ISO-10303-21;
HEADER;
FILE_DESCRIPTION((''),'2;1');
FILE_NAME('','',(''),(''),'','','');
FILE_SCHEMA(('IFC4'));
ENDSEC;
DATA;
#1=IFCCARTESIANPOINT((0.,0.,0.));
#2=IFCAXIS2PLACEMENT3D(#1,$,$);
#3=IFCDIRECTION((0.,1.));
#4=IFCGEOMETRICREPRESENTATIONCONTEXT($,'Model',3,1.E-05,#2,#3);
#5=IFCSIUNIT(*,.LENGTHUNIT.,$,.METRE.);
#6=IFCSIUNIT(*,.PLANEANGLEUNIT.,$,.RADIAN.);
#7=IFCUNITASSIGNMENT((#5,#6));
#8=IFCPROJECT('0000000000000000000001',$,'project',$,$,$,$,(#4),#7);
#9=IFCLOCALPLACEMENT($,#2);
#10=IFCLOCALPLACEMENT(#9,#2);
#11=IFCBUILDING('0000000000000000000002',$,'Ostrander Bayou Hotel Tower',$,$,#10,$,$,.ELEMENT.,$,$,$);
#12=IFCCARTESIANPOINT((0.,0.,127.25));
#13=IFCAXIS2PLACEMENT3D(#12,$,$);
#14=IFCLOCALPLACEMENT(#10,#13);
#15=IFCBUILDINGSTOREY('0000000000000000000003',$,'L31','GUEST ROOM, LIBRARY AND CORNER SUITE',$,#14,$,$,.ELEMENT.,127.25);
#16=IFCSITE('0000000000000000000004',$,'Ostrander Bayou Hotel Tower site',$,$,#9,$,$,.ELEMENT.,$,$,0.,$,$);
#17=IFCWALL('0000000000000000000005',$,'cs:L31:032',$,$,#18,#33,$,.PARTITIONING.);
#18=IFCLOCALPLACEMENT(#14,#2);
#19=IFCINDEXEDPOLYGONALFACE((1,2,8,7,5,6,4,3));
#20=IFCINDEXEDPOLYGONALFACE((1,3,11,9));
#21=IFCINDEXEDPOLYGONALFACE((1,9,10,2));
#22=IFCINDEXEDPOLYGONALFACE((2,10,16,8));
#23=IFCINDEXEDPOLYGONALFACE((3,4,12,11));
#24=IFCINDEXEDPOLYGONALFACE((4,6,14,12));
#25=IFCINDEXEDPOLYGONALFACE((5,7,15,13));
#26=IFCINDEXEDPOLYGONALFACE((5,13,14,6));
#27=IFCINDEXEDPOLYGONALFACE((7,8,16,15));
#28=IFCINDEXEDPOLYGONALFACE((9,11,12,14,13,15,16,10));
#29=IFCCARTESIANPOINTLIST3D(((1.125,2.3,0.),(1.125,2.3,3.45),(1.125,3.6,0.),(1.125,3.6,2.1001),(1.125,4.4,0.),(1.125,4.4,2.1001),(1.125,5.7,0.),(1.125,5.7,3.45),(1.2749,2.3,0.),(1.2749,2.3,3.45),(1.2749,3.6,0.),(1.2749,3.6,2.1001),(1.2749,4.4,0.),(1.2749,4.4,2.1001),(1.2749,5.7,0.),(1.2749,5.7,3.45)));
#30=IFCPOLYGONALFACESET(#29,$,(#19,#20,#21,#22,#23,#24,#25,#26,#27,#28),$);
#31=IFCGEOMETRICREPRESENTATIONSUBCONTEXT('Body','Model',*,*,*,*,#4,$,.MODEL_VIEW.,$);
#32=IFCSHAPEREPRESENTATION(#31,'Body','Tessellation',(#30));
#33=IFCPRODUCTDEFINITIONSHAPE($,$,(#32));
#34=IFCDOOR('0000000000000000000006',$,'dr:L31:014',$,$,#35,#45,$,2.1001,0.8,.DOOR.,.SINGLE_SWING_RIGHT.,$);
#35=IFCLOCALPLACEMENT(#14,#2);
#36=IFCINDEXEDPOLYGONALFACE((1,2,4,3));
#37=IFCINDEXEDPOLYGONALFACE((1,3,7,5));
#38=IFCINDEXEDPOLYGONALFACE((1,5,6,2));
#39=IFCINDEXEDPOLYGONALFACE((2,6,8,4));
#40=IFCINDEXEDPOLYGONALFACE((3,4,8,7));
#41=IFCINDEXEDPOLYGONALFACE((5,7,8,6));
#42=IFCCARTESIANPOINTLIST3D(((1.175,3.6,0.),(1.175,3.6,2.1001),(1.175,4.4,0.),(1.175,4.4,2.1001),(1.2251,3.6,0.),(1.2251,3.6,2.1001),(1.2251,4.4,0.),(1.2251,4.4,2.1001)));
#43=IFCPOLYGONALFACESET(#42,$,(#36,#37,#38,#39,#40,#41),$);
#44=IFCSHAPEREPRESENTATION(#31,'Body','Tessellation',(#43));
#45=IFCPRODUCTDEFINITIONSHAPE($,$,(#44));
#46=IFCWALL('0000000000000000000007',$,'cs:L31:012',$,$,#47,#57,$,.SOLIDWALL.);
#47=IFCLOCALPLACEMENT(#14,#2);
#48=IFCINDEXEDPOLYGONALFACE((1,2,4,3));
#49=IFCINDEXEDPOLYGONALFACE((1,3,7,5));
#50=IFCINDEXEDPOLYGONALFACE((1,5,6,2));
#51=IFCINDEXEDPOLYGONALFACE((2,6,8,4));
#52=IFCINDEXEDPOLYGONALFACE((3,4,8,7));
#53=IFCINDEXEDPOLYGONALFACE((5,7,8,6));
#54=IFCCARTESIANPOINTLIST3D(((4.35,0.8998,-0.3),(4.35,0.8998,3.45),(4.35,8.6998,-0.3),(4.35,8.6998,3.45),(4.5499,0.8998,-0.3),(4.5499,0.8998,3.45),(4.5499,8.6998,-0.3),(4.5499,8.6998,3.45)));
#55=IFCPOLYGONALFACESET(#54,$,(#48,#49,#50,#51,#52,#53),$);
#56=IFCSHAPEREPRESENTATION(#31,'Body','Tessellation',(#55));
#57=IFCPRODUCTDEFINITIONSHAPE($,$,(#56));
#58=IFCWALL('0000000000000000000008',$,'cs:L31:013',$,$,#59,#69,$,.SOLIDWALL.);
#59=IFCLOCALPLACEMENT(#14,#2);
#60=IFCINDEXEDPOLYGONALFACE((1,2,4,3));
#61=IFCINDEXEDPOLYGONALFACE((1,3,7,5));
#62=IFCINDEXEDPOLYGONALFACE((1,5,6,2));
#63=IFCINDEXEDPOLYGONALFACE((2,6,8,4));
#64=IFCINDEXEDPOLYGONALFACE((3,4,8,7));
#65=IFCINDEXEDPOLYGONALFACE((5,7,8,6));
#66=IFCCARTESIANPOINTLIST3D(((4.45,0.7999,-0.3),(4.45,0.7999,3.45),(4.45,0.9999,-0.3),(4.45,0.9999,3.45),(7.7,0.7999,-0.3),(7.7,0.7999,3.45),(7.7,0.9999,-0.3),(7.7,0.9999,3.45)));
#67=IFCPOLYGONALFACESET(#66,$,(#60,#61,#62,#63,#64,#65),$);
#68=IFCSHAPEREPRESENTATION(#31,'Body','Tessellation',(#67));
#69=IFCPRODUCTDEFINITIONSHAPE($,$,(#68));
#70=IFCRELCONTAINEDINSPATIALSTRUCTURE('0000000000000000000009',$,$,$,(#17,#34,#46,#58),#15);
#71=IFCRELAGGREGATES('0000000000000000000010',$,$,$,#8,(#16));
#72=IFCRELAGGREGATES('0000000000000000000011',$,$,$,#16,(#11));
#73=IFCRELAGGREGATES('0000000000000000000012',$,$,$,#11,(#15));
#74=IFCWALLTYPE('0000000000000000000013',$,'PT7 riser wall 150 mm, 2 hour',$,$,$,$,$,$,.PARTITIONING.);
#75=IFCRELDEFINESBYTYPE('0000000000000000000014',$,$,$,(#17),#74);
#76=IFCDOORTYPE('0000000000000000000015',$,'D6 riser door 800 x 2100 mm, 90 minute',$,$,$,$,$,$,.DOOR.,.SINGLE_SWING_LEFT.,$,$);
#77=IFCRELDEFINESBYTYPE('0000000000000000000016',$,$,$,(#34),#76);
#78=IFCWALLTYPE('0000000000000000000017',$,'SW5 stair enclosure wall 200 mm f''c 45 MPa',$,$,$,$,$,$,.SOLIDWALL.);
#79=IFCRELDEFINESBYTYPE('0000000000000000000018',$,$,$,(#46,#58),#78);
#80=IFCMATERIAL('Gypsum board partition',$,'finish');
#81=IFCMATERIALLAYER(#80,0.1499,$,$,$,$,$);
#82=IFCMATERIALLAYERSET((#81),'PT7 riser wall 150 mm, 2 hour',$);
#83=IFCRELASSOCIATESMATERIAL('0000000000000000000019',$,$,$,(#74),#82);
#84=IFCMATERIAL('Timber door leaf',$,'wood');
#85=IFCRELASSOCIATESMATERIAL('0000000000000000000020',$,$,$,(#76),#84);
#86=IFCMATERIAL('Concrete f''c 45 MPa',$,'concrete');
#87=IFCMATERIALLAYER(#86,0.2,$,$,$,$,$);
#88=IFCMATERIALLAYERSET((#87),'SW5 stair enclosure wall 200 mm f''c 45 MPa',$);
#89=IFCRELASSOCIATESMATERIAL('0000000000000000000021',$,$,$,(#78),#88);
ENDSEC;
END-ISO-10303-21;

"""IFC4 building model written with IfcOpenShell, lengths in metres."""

from ifc_helpers import new_model, si_unit, direction, frame, frame_2d, origin, place, context, subcontext, project, spatial, rectangle, extrude, material, layer, layer_set, type_object, element, fill, save


model = new_model("IFC4")

# Units and contexts
model_context = context("Model", 3, precision=1e-05, world=origin(), true_north=direction((0.0, 1.0)))
body_context = subcontext(model_context, "Body", "Model", "MODEL_VIEW")
ifc_project = project(units=[si_unit("LENGTHUNIT", "METRE"), si_unit("PLANEANGLEUNIT", "RADIAN")], contexts=[model_context])

# Site, building, storey
site_placement = place(None, origin())
site = spatial("IfcSite", under=ifc_project, at=site_placement, Name="Ostrander Bayou Hotel Tower site", CompositionType="ELEMENT", RefElevation=0.0)
building_placement = place(site_placement, origin())
building = spatial("IfcBuilding", under=site, at=building_placement, Name="Ostrander Bayou Hotel Tower", CompositionType="ELEMENT")
storey_placement = place(building_placement, frame((0.0, 0.0, 127.25)))
storey = spatial("IfcBuildingStorey", under=building, at=storey_placement, Name="L31", Description="GUEST ROOM, LIBRARY AND CORNER SUITE", CompositionType="ELEMENT", Elevation=127.25)

# Wall, opening, door
ifc_material_1 = material(Name="Gypsum board partition", Category="finish")
ifc_layer_1 = layer(ifc_material_1, 0.1499)
ifc_layer_set_1 = layer_set([ifc_layer_1], Name="PT7 riser wall 150 mm, 2 hour")
wall_type_1 = type_object("IfcWallType", Name="PT7 riser wall 150 mm, 2 hour", PredefinedType="PARTITIONING", material=ifc_layer_set_1)
wall_1_placement = place(storey_placement, frame((1.2, 2.3, 0.0), z_axis=(0.0, 0.0, 1.0), x_axis=(0.0, 1.0, 0.0)))
wall_1 = element("IfcWall", 1, at=wall_1_placement, inside=storey, type_object=wall_type_1, Name="cs:L31:032", PredefinedType="PARTITIONING", context=body_context, shape_type="SweptSolid", body=[
    extrude(rectangle(XDim=3.3999, YDim=0.1499, at=frame_2d((1.7, 0.0))), origin(), (0.0, 0.0, 1.0), 3.45),
])
opening_placement = place(wall_1_placement, frame((1.3, 0.0, 0.0)))
opening = element("IfcOpeningElement", 2, at=opening_placement, cuts=wall_1, PredefinedType="OPENING", context=body_context, shape_type="SweptSolid", body=[
    extrude(rectangle(XDim=0.8, YDim=2.1001, at=frame_2d((0.3999, 1.05))), frame((0.0, 0.075, 0.0), z_axis=(0.0, -1.0, 0.0), x_axis=(1.0, 0.0, 0.0)), (0.0, 0.0, 1.0), 0.1499),
])
ifc_material_2 = material(Name="Timber door leaf", Category="wood")
door_type = type_object("IfcDoorType", Name="D6 riser door 800 x 2100 mm, 90 minute", OperationType="SINGLE_SWING_LEFT", PredefinedType="DOOR", material=ifc_material_2)
door_placement = place(opening_placement, origin())
door = element("IfcDoor", 3, at=door_placement, inside=storey, type_object=door_type, Name="dr:L31:014", OperationType="SINGLE_SWING_RIGHT", OverallHeight=2.1001, OverallWidth=0.8, PredefinedType="DOOR", context=body_context, shape_type="SweptSolid", body=[
    extrude(rectangle(XDim=0.8, YDim=2.1001, at=frame_2d((0.3999, 1.05))), frame((0.0, 0.0249, 0.0), z_axis=(0.0, -1.0, 0.0), x_axis=(1.0, 0.0, 0.0)), (0.0, 0.0, 1.0), 0.05),
])
fill(opening, door)

# Walls
ifc_material_3 = material(Name="Concrete f'c 45 MPa", Category="concrete")
ifc_layer_2 = layer(ifc_material_3, 0.2)
ifc_layer_set_2 = layer_set([ifc_layer_2], Name="SW5 stair enclosure wall 200 mm f'c 45 MPa")
wall_type_2 = type_object("IfcWallType", Name="SW5 stair enclosure wall 200 mm f'c 45 MPa", PredefinedType="SOLIDWALL", material=ifc_layer_set_2)
wall_2_placement = place(storey_placement, frame((4.45, 0.8999, -0.3), z_axis=(0.0, 0.0, 1.0), x_axis=(0.0, 1.0, 0.0)))
element("IfcWall", 4, at=wall_2_placement, inside=storey, type_object=wall_type_2, Name="cs:L31:012", PredefinedType="SOLIDWALL", context=body_context, shape_type="SweptSolid", body=[
    extrude(rectangle(XDim=7.8, YDim=0.2, at=frame_2d((3.8999, 0.0))), origin(), (0.0, 0.0, 1.0), 3.75),
])
wall_3_placement = place(storey_placement, frame((4.45, 0.8999, -0.3), z_axis=(0.0, 0.0, 1.0), x_axis=(1.0, 0.0, 0.0)))
element("IfcWall", 5, at=wall_3_placement, inside=storey, type_object=wall_type_2, Name="cs:L31:013", PredefinedType="SOLIDWALL", context=body_context, shape_type="SweptSolid", body=[
    extrude(rectangle(XDim=3.25, YDim=0.2, at=frame_2d((1.625, 0.0))), origin(), (0.0, 0.0, 1.0), 3.75),
])

save(model, "model.ifc")
